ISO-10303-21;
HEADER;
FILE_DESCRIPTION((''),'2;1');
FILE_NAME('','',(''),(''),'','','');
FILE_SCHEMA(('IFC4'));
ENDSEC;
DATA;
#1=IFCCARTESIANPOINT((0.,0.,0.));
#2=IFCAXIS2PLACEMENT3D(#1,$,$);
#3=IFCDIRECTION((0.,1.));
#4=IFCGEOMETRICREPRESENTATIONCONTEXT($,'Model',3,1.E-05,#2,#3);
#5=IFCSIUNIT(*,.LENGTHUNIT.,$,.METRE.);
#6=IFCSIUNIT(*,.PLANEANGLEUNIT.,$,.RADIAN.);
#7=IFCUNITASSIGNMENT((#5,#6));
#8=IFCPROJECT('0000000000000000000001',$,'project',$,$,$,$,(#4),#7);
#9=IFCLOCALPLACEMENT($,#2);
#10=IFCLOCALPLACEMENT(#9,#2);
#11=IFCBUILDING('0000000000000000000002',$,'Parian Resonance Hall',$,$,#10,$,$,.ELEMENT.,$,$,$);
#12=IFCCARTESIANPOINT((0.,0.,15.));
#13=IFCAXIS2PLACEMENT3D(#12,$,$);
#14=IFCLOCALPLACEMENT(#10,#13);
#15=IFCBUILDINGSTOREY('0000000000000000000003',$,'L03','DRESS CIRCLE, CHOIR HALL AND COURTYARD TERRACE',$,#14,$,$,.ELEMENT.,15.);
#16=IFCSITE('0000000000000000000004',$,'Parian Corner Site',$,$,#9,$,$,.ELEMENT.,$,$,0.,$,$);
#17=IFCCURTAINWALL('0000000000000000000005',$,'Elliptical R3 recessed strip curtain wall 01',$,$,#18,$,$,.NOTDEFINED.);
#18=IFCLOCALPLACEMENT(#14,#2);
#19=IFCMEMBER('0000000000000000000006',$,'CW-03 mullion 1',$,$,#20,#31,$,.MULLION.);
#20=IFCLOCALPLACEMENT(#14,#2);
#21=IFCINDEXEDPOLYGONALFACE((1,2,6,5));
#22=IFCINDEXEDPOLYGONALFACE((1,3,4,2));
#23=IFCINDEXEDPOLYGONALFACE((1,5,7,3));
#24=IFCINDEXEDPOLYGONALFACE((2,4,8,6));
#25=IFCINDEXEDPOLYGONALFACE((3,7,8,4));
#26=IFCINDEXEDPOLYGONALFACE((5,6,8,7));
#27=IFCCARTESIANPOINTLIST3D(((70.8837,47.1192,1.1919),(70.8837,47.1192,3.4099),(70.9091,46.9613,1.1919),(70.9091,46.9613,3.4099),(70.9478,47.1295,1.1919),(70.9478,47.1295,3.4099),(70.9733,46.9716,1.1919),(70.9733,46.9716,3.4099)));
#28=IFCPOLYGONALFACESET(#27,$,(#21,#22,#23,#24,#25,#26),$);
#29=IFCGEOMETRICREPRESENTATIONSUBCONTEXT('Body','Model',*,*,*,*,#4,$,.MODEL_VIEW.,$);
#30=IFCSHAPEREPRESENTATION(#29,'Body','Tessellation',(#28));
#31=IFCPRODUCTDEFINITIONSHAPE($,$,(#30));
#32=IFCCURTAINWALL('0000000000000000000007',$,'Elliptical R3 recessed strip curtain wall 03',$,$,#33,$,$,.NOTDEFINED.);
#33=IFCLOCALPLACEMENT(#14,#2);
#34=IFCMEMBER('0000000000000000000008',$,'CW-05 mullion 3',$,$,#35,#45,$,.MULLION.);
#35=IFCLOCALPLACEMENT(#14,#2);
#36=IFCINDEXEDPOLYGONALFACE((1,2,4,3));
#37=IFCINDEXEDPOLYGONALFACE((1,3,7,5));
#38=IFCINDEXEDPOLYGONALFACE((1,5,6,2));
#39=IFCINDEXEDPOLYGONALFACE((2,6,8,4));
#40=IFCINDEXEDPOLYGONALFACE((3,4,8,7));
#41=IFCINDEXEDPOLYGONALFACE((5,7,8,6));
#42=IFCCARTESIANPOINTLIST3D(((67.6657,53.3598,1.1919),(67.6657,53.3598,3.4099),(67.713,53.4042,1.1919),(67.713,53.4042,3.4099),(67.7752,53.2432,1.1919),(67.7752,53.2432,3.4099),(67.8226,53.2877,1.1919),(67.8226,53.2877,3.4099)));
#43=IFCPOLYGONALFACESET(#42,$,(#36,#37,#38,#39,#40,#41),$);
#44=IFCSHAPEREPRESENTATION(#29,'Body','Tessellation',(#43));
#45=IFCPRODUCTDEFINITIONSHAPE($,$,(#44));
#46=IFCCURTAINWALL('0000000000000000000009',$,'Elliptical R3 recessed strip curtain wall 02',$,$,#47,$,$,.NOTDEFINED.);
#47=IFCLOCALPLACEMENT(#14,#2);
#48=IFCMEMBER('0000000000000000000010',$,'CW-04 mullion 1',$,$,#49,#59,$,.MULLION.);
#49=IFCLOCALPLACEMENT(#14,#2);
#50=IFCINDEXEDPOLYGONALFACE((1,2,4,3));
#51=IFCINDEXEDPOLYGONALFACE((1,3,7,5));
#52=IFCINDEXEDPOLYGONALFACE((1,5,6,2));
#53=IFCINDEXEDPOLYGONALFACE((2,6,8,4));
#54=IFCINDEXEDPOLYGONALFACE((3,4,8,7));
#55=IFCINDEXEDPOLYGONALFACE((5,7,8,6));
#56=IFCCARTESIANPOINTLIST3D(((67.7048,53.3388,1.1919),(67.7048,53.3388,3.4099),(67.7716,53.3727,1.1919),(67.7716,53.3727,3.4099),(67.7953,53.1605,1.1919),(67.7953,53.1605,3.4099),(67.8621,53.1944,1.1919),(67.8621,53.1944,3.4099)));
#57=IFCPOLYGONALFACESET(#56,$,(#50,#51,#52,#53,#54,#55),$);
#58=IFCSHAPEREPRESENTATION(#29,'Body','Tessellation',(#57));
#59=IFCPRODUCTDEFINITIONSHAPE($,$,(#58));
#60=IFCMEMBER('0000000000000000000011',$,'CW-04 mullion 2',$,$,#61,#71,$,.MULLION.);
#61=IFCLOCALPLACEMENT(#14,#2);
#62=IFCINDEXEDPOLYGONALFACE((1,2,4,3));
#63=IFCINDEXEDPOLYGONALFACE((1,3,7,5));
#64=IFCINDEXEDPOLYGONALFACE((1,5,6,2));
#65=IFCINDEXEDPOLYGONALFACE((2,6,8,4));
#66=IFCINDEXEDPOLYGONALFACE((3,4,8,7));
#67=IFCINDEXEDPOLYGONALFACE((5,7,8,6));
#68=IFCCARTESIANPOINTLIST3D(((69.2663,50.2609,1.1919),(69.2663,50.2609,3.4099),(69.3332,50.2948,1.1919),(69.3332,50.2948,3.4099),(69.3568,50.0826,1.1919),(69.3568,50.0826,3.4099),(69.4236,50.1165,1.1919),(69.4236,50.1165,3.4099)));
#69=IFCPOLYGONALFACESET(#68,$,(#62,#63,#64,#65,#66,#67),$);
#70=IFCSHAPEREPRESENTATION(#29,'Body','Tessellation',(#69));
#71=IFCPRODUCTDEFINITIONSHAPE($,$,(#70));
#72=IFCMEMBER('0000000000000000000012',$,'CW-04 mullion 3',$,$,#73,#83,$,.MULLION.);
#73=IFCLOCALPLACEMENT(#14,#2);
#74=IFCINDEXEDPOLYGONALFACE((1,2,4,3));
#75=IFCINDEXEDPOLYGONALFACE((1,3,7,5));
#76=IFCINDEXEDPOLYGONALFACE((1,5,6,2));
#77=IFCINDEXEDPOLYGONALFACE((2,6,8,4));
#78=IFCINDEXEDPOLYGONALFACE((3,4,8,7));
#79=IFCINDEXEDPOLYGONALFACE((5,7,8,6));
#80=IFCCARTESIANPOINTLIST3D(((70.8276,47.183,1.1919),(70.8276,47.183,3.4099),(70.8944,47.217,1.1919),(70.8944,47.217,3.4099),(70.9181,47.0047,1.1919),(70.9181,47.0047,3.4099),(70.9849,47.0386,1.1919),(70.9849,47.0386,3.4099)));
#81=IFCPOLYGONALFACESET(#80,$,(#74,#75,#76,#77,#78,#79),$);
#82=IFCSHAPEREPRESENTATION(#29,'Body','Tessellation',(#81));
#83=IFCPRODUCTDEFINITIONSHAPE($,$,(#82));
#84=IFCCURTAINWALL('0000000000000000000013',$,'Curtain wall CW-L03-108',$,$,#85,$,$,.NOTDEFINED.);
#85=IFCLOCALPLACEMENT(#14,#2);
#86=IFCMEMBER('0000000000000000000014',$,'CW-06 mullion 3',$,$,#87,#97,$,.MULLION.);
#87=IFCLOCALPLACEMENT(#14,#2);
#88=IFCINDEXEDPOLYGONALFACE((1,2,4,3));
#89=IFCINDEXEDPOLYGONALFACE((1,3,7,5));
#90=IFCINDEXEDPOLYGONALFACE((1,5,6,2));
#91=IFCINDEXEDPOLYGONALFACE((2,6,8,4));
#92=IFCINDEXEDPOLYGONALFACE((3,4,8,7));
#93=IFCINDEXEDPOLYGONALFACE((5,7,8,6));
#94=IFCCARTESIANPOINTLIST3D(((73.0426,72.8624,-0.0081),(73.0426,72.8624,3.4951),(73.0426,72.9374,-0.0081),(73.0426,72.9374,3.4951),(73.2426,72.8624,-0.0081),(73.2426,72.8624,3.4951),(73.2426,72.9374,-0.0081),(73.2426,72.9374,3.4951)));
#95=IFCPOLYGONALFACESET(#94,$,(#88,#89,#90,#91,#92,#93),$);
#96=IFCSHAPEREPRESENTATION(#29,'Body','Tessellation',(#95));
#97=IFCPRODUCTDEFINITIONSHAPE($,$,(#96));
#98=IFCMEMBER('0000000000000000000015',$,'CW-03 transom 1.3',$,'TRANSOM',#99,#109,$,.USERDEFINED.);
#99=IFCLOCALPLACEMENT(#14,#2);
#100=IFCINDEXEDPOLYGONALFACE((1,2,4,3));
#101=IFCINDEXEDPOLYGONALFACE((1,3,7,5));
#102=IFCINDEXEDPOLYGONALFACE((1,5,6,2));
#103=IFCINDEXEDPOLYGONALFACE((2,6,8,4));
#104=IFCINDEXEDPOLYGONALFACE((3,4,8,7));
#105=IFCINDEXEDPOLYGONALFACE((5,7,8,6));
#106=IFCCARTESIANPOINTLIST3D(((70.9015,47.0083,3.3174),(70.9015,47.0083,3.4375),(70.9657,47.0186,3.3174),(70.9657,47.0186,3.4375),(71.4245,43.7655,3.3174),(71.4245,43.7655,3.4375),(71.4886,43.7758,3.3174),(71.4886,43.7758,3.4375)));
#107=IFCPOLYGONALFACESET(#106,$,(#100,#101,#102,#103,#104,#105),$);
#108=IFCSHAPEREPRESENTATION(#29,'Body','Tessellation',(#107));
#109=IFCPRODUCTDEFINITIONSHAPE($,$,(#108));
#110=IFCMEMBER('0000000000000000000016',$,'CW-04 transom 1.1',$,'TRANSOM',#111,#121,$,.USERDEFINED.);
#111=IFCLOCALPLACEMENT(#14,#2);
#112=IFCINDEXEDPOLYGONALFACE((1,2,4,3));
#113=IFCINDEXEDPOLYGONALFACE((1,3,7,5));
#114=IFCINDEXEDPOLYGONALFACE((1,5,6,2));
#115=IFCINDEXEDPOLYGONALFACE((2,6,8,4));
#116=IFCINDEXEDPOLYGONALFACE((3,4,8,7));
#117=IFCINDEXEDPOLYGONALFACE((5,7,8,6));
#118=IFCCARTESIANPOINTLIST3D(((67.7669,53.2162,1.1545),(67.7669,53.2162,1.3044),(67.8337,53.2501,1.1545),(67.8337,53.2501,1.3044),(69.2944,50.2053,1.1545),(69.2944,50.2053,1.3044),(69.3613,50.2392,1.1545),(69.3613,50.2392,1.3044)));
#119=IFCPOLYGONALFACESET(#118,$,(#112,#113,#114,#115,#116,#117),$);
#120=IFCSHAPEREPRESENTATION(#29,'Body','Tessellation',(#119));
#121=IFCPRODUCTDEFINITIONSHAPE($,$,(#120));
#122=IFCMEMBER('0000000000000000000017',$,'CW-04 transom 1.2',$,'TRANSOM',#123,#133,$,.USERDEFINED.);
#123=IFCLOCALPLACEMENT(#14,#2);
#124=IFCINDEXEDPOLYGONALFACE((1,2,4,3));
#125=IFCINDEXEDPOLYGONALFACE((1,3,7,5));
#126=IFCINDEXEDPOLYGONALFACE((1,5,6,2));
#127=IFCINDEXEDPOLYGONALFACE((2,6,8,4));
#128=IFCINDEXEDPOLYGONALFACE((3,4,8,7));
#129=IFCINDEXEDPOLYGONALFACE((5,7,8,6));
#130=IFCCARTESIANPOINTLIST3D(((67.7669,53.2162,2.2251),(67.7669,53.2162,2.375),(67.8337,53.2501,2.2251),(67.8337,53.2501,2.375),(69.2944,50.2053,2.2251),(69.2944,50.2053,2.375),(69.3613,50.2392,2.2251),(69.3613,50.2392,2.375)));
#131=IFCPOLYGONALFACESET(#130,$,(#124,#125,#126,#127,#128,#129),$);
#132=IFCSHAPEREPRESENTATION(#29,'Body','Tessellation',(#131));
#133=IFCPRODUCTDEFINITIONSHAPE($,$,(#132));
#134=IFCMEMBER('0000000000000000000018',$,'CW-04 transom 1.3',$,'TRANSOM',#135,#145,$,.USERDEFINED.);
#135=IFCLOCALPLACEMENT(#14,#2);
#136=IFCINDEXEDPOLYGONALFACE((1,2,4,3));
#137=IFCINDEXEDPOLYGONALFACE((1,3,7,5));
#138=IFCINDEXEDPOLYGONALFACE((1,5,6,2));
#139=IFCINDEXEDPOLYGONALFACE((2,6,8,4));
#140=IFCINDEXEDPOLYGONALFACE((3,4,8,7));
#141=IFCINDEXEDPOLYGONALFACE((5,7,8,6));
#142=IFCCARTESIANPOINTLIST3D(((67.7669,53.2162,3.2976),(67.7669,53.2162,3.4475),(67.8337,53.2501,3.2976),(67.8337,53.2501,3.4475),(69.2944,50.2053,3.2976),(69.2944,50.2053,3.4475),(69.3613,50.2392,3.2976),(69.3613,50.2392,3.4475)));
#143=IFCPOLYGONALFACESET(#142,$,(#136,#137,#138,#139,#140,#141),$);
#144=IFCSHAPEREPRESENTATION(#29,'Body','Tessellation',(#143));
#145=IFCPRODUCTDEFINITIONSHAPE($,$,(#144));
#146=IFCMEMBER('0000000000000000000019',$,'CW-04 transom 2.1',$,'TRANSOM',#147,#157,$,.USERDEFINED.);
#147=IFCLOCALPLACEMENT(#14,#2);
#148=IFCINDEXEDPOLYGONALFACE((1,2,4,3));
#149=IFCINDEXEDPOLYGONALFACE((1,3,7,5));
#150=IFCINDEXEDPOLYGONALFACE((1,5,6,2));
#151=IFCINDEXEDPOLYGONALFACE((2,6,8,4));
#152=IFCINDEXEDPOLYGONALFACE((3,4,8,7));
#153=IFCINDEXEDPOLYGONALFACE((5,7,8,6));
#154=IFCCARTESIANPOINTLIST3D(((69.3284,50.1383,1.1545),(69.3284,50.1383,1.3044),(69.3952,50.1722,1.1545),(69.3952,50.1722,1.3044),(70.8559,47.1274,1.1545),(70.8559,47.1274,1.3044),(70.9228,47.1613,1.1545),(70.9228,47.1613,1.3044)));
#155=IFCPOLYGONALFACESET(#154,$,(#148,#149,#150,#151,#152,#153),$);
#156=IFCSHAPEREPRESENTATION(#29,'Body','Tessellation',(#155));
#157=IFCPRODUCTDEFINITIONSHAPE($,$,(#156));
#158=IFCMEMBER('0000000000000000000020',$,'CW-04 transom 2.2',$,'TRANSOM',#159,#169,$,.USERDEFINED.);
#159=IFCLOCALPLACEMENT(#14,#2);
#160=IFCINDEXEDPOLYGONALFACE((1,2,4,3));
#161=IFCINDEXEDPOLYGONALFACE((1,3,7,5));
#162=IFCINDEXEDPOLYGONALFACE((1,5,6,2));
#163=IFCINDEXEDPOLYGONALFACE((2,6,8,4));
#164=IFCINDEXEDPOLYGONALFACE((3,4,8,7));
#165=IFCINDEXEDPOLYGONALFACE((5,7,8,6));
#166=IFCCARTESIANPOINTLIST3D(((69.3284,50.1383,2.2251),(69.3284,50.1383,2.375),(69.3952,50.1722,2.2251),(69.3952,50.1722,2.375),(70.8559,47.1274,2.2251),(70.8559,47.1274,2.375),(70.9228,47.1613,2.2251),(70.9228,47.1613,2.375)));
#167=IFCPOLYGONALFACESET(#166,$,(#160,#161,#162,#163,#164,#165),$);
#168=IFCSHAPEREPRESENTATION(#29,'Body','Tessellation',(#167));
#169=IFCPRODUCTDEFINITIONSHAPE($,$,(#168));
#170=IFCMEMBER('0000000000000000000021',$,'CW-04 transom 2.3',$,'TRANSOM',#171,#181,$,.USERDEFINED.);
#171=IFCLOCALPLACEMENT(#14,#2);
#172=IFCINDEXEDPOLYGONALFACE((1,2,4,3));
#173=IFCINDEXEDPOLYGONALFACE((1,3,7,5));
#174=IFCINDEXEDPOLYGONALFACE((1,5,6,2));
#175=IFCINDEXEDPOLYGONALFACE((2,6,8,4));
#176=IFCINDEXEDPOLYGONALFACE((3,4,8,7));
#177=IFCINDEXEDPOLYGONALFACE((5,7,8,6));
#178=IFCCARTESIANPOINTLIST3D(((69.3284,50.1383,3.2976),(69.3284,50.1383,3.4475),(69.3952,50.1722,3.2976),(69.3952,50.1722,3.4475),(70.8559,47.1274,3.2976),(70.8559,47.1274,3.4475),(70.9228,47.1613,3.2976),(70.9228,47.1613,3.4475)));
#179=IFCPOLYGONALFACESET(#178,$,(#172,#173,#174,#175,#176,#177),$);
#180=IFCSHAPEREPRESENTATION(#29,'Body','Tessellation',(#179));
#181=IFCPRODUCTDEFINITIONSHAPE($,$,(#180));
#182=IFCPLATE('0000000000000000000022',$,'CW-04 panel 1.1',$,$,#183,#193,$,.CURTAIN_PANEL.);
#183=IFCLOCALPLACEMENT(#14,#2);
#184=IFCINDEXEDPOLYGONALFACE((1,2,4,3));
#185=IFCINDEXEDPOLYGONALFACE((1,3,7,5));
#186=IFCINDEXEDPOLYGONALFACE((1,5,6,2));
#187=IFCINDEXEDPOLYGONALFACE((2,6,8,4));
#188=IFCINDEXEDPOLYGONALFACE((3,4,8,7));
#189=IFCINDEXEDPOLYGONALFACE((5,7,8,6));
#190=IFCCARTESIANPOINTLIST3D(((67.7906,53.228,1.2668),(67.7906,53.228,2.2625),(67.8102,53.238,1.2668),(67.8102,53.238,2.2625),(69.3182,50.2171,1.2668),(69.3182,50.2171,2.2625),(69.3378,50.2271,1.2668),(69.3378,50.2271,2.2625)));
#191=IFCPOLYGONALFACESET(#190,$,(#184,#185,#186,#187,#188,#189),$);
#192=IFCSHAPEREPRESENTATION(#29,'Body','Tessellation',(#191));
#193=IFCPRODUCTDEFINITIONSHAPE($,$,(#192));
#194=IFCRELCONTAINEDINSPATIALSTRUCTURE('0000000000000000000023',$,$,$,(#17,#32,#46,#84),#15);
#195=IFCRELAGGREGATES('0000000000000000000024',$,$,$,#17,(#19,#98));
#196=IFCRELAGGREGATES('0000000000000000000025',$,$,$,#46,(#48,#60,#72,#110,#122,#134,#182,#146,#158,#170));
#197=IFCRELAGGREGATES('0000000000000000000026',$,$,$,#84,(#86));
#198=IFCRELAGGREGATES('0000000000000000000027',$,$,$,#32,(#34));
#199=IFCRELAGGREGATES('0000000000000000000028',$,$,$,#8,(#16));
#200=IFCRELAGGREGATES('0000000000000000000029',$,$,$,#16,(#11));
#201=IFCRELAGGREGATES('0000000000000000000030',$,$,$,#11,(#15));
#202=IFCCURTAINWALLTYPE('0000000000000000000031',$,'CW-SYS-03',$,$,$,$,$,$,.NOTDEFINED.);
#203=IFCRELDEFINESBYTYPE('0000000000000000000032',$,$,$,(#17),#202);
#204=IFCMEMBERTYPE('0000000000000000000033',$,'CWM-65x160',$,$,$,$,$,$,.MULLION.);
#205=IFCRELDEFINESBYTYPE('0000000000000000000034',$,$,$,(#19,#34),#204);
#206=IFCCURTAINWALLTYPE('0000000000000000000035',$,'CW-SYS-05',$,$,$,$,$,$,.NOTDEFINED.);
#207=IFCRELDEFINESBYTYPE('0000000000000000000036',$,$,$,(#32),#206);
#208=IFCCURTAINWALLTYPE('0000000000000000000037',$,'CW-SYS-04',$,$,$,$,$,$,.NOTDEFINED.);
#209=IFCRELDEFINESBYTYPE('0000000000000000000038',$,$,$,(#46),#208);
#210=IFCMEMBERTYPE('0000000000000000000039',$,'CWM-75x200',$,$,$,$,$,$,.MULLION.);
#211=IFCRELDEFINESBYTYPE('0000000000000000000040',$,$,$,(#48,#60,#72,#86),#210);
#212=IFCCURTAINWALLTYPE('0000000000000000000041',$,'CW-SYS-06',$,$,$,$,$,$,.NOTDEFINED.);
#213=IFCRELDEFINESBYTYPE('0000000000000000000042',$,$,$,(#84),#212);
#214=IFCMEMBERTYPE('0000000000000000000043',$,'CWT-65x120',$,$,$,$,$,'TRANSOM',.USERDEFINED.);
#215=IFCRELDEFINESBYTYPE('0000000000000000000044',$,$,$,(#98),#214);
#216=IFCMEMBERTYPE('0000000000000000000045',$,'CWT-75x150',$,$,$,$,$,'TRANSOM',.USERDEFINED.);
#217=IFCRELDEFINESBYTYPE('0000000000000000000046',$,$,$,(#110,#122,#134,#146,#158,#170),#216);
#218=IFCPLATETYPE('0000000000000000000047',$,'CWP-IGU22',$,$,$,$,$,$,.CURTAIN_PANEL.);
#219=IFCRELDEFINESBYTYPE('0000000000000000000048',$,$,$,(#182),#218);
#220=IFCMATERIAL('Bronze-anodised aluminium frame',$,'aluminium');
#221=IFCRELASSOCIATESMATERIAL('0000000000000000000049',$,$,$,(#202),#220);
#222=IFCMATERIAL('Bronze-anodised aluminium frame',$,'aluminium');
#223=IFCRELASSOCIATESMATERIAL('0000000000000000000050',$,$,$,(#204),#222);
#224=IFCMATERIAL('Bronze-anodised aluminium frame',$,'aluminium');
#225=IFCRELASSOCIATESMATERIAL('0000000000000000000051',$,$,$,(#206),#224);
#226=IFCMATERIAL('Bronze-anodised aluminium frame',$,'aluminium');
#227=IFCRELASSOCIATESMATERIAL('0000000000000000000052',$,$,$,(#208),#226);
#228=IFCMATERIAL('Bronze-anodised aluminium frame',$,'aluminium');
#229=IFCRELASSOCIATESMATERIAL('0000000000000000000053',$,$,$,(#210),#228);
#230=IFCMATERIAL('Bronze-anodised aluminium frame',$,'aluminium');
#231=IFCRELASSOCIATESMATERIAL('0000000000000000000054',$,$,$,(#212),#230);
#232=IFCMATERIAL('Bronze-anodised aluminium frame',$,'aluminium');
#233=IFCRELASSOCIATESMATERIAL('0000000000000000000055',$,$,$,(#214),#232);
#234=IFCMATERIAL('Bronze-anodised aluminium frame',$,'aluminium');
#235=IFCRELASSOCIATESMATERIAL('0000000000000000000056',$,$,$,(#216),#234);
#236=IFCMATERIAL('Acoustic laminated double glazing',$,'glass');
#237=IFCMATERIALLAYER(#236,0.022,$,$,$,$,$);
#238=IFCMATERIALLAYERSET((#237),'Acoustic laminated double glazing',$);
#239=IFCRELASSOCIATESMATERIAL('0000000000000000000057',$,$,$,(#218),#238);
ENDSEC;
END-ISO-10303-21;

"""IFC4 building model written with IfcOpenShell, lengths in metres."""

from ifc_helpers import new_model, si_unit, direction, frame, origin, origin_2d, place, context, subcontext, project, spatial, rectangle, extrude, material, layer, layer_set, material_profile, profile_set, type_object, element, aggregate, save


model = new_model("IFC4")

# Units and contexts
model_context = context("Model", 3, precision=1e-05, world=origin(), true_north=direction((0.0, 1.0)))
body_context = subcontext(model_context, "Body", "Model", "MODEL_VIEW")
ifc_project = project(units=[si_unit("LENGTHUNIT", "METRE"), si_unit("PLANEANGLEUNIT", "RADIAN")], contexts=[model_context])

# Site, building, storey
site_placement = place(None, origin())
site = spatial("IfcSite", under=ifc_project, at=site_placement, Name="Parian Corner Site", CompositionType="ELEMENT", RefElevation=0.0)
building_placement = place(site_placement, origin())
building = spatial("IfcBuilding", under=site, at=building_placement, Name="Parian Resonance Hall", CompositionType="ELEMENT")
storey_placement = place(building_placement, frame((0.0, 0.0, 15.0)))
storey = spatial("IfcBuildingStorey", under=building, at=storey_placement, Name="L03", Description="DRESS CIRCLE, CHOIR HALL AND COURTYARD TERRACE", CompositionType="ELEMENT", Elevation=15.0)

# Curtain walls, members
ifc_material_1 = material(Name="Bronze-anodised aluminium frame", Category="aluminium")
curtain_wall_type_1 = type_object("IfcCurtainWallType", Name="CW-SYS-03", PredefinedType="NOTDEFINED", material=ifc_material_1)
curtain_wall_1_placement = place(storey_placement, origin())
curtain_wall_1 = element("IfcCurtainWall", 1, at=curtain_wall_1_placement, inside=storey, type_object=curtain_wall_type_1, Name="Elliptical R3 recessed strip curtain wall 01", PredefinedType="NOTDEFINED")
ifc_material_2 = material(Name="Bronze-anodised aluminium frame", Category="aluminium")
ifc_material_profile_1 = material_profile(ifc_material_2, rectangle(XDim=0.0649, YDim=0.1599, at=origin_2d()), Name="CWM-65x160")
ifc_profile_set_1 = profile_set([ifc_material_profile_1], Name="Bronze-anodised aluminium frame")
member_type_1 = type_object("IfcMemberType", Name="CWM-65x160", PredefinedType="MULLION", material=ifc_profile_set_1)
member_1_placement = place(storey_placement, frame((70.9285, 47.0454, 1.1919), z_axis=(0.0, 0.0, 1.0), x_axis=(0.987248, 0.159187, 0.0)))
member_1 = element("IfcMember", 2, at=member_1_placement, type_object=member_type_1, Name="CW-03 mullion 1", PredefinedType="MULLION", context=body_context, shape_type="SweptSolid", body=[
    extrude(rectangle(XDim=0.0649, YDim=0.1599, at=origin_2d()), origin(), (0.0, 0.0, 1.0), 2.218),
])
ifc_material_3 = material(Name="Bronze-anodised aluminium frame", Category="aluminium")
curtain_wall_type_2 = type_object("IfcCurtainWallType", Name="CW-SYS-05", PredefinedType="NOTDEFINED", material=ifc_material_3)
curtain_wall_2_placement = place(storey_placement, origin())
curtain_wall_2 = element("IfcCurtainWall", 3, at=curtain_wall_2_placement, inside=storey, type_object=curtain_wall_type_2, Name="Elliptical R3 recessed strip curtain wall 03", PredefinedType="NOTDEFINED")
member_2_placement = place(storey_placement, frame((67.7441, 53.3237, 1.1919), z_axis=(0.0, 0.0, 1.0), x_axis=(0.728695, 0.684838, 0.0)))
member_2 = element("IfcMember", 4, at=member_2_placement, type_object=member_type_1, Name="CW-05 mullion 3", PredefinedType="MULLION", context=body_context, shape_type="SweptSolid", body=[
    extrude(rectangle(XDim=0.0649, YDim=0.1599, at=origin_2d()), origin(), (0.0, 0.0, 1.0), 2.218),
])

# Curtain wall, members
ifc_material_4 = material(Name="Bronze-anodised aluminium frame", Category="aluminium")
curtain_wall_type_3 = type_object("IfcCurtainWallType", Name="CW-SYS-04", PredefinedType="NOTDEFINED", material=ifc_material_4)
curtain_wall_3_placement = place(storey_placement, origin())
curtain_wall_3 = element("IfcCurtainWall", 5, at=curtain_wall_3_placement, inside=storey, type_object=curtain_wall_type_3, Name="Elliptical R3 recessed strip curtain wall 02", PredefinedType="NOTDEFINED")
ifc_material_5 = material(Name="Bronze-anodised aluminium frame", Category="aluminium")
ifc_material_profile_2 = material_profile(ifc_material_5, rectangle(XDim=0.075, YDim=0.2, at=origin_2d()), Name="CWM-75x200")
ifc_profile_set_2 = profile_set([ifc_material_profile_2], Name="Bronze-anodised aluminium frame")
member_type_2 = type_object("IfcMemberType", Name="CWM-75x200", PredefinedType="MULLION", material=ifc_profile_set_2)
member_3_placement = place(storey_placement, frame((67.7834, 53.2666, 1.1919), z_axis=(0.0, 0.0, 1.0), x_axis=(0.891795, 0.45244, 0.0)))
member_3 = element("IfcMember", 6, at=member_3_placement, type_object=member_type_2, Name="CW-04 mullion 1", PredefinedType="MULLION", context=body_context, shape_type="SweptSolid", body=[
    extrude(rectangle(XDim=0.075, YDim=0.2, at=origin_2d()), origin(), (0.0, 0.0, 1.0), 2.218),
])
member_4_placement = place(storey_placement, frame((69.345, 50.1887, 1.1919), z_axis=(0.0, 0.0, 1.0), x_axis=(0.891795, 0.45244, 0.0)))
member_4 = element("IfcMember", 7, at=member_4_placement, type_object=member_type_2, Name="CW-04 mullion 2", PredefinedType="MULLION", context=body_context, shape_type="SweptSolid", body=[
    extrude(rectangle(XDim=0.075, YDim=0.2, at=origin_2d()), origin(), (0.0, 0.0, 1.0), 2.218),
])
member_5_placement = place(storey_placement, frame((70.9062, 47.1108, 1.1919), z_axis=(0.0, 0.0, 1.0), x_axis=(0.891795, 0.45244, 0.0)))
member_5 = element("IfcMember", 8, at=member_5_placement, type_object=member_type_2, Name="CW-04 mullion 3", PredefinedType="MULLION", context=body_context, shape_type="SweptSolid", body=[
    extrude(rectangle(XDim=0.075, YDim=0.2, at=origin_2d()), origin(), (0.0, 0.0, 1.0), 2.218),
])

# Curtain wall, member
ifc_material_6 = material(Name="Bronze-anodised aluminium frame", Category="aluminium")
curtain_wall_type_4 = type_object("IfcCurtainWallType", Name="CW-SYS-06", PredefinedType="NOTDEFINED", material=ifc_material_6)
curtain_wall_4_placement = place(storey_placement, origin())
curtain_wall_4 = element("IfcCurtainWall", 9, at=curtain_wall_4_placement, inside=storey, type_object=curtain_wall_type_4, Name="Curtain wall CW-L03-108", PredefinedType="NOTDEFINED")
member_6_placement = place(storey_placement, frame((73.1426, 72.8999, -0.0081), z_axis=(0.0, 0.0, 1.0), x_axis=(0.0, -1.0, 0.0)))
member_6 = element("IfcMember", 10, at=member_6_placement, type_object=member_type_2, Name="CW-06 mullion 3", PredefinedType="MULLION", context=body_context, shape_type="SweptSolid", body=[
    extrude(rectangle(XDim=0.075, YDim=0.2, at=origin_2d()), origin(), (0.0, 0.0, 1.0), 3.5032),
])

# Members
ifc_material_7 = material(Name="Bronze-anodised aluminium frame", Category="aluminium")
ifc_material_profile_3 = material_profile(ifc_material_7, rectangle(XDim=0.0649, YDim=0.1201, at=origin_2d()), Name="CWT-65x120")
ifc_profile_set_3 = profile_set([ifc_material_profile_3], Name="Bronze-anodised aluminium frame")
member_type_3 = type_object("IfcMemberType", Name="CWT-65x120", ElementType="TRANSOM", PredefinedType="USERDEFINED", material=ifc_profile_set_3)
member_7_placement = place(storey_placement, frame((70.9336, 47.0134, 3.3774), z_axis=(0.159214, -0.987244, 0.0), x_axis=(0.987244, 0.159214, 0.0)))
member_7 = element("IfcMember", 11, at=member_7_placement, type_object=member_type_3, Name="CW-03 transom 1.3", ObjectType="TRANSOM", PredefinedType="USERDEFINED", context=body_context, shape_type="SweptSolid", body=[
    extrude(rectangle(XDim=0.0649, YDim=0.1201, at=origin_2d()), origin(), (0.0, 0.0, 1.0), 3.2847),
])
aggregate(curtain_wall_1, [member_1, member_7])
ifc_material_8 = material(Name="Bronze-anodised aluminium frame", Category="aluminium")
ifc_material_profile_4 = material_profile(ifc_material_8, rectangle(XDim=0.075, YDim=0.1499, at=origin_2d()), Name="CWT-75x150")
ifc_profile_set_4 = profile_set([ifc_material_profile_4], Name="Bronze-anodised aluminium frame")
member_type_4 = type_object("IfcMemberType", Name="CWT-75x150", ElementType="TRANSOM", PredefinedType="USERDEFINED", material=ifc_profile_set_4)
member_8_placement = place(storey_placement, frame((67.8003, 53.2332, 1.2295), z_axis=(0.452441, -0.891794, 0.0), x_axis=(0.891794, 0.452441, 0.0)))
member_8 = element("IfcMember", 12, at=member_8_placement, type_object=member_type_4, Name="CW-04 transom 1.1", ObjectType="TRANSOM", PredefinedType="USERDEFINED", context=body_context, shape_type="SweptSolid", body=[
    extrude(rectangle(XDim=0.075, YDim=0.1499, at=origin_2d()), origin(), (0.0, 0.0, 1.0), 3.3762),
])
member_9_placement = place(storey_placement, frame((67.8003, 53.2332, 2.3), z_axis=(0.452441, -0.891794, 0.0), x_axis=(0.891794, 0.452441, 0.0)))
member_9 = element("IfcMember", 13, at=member_9_placement, type_object=member_type_4, Name="CW-04 transom 1.2", ObjectType="TRANSOM", PredefinedType="USERDEFINED", context=body_context, shape_type="SweptSolid", body=[
    extrude(rectangle(XDim=0.075, YDim=0.1499, at=origin_2d()), origin(), (0.0, 0.0, 1.0), 3.3762),
])
member_10_placement = place(storey_placement, frame((67.8003, 53.2332, 3.3726), z_axis=(0.452441, -0.891794, 0.0), x_axis=(0.891794, 0.452441, 0.0)))
member_10 = element("IfcMember", 14, at=member_10_placement, type_object=member_type_4, Name="CW-04 transom 1.3", ObjectType="TRANSOM", PredefinedType="USERDEFINED", context=body_context, shape_type="SweptSolid", body=[
    extrude(rectangle(XDim=0.075, YDim=0.1499, at=origin_2d()), origin(), (0.0, 0.0, 1.0), 3.3762),
])
member_11_placement = place(storey_placement, frame((69.3618, 50.1553, 1.2295), z_axis=(0.452441, -0.891794, 0.0), x_axis=(0.891794, 0.452441, 0.0)))
member_11 = element("IfcMember", 15, at=member_11_placement, type_object=member_type_4, Name="CW-04 transom 2.1", ObjectType="TRANSOM", PredefinedType="USERDEFINED", context=body_context, shape_type="SweptSolid", body=[
    extrude(rectangle(XDim=0.075, YDim=0.1499, at=origin_2d()), origin(), (0.0, 0.0, 1.0), 3.3762),
])
member_12_placement = place(storey_placement, frame((69.3618, 50.1553, 2.3), z_axis=(0.452441, -0.891794, 0.0), x_axis=(0.891794, 0.452441, 0.0)))
member_12 = element("IfcMember", 16, at=member_12_placement, type_object=member_type_4, Name="CW-04 transom 2.2", ObjectType="TRANSOM", PredefinedType="USERDEFINED", context=body_context, shape_type="SweptSolid", body=[
    extrude(rectangle(XDim=0.075, YDim=0.1499, at=origin_2d()), origin(), (0.0, 0.0, 1.0), 3.3762),
])
member_13_placement = place(storey_placement, frame((69.3618, 50.1553, 3.3726), z_axis=(0.452441, -0.891794, 0.0), x_axis=(0.891794, 0.452441, 0.0)))
member_13 = element("IfcMember", 17, at=member_13_placement, type_object=member_type_4, Name="CW-04 transom 2.3", ObjectType="TRANSOM", PredefinedType="USERDEFINED", context=body_context, shape_type="SweptSolid", body=[
    extrude(rectangle(XDim=0.075, YDim=0.1499, at=origin_2d()), origin(), (0.0, 0.0, 1.0), 3.3762),
])

# Plate
ifc_material_9 = material(Name="Acoustic laminated double glazing", Category="glass")
ifc_layer_1 = layer(ifc_material_9, 0.022)
ifc_layer_set_1 = layer_set([ifc_layer_1], Name="Acoustic laminated double glazing")
plate_type_1 = type_object("IfcPlateType", Name="CWP-IGU22", PredefinedType="CURTAIN_PANEL", material=ifc_layer_set_1)
plate_1_placement = place(storey_placement, frame((68.5642, 51.7275, 1.2668), z_axis=(0.0, 0.0, 1.0), x_axis=(0.45244, -0.891795, 0.0)))
plate_1 = element("IfcPlate", 18, at=plate_1_placement, type_object=plate_type_1, Name="CW-04 panel 1.1", PredefinedType="CURTAIN_PANEL", context=body_context, shape_type="SweptSolid", body=[
    extrude(rectangle(XDim=3.3762, YDim=0.022, at=origin_2d()), origin(), (0.0, 0.0, 1.0), 0.9956),
])
aggregate(curtain_wall_3, [member_3, member_4, member_5, member_8, member_9, member_10, plate_1, member_11, member_12, member_13])
aggregate(curtain_wall_4, [member_6])
aggregate(curtain_wall_2, [member_2])

save(model, "model.ifc")
